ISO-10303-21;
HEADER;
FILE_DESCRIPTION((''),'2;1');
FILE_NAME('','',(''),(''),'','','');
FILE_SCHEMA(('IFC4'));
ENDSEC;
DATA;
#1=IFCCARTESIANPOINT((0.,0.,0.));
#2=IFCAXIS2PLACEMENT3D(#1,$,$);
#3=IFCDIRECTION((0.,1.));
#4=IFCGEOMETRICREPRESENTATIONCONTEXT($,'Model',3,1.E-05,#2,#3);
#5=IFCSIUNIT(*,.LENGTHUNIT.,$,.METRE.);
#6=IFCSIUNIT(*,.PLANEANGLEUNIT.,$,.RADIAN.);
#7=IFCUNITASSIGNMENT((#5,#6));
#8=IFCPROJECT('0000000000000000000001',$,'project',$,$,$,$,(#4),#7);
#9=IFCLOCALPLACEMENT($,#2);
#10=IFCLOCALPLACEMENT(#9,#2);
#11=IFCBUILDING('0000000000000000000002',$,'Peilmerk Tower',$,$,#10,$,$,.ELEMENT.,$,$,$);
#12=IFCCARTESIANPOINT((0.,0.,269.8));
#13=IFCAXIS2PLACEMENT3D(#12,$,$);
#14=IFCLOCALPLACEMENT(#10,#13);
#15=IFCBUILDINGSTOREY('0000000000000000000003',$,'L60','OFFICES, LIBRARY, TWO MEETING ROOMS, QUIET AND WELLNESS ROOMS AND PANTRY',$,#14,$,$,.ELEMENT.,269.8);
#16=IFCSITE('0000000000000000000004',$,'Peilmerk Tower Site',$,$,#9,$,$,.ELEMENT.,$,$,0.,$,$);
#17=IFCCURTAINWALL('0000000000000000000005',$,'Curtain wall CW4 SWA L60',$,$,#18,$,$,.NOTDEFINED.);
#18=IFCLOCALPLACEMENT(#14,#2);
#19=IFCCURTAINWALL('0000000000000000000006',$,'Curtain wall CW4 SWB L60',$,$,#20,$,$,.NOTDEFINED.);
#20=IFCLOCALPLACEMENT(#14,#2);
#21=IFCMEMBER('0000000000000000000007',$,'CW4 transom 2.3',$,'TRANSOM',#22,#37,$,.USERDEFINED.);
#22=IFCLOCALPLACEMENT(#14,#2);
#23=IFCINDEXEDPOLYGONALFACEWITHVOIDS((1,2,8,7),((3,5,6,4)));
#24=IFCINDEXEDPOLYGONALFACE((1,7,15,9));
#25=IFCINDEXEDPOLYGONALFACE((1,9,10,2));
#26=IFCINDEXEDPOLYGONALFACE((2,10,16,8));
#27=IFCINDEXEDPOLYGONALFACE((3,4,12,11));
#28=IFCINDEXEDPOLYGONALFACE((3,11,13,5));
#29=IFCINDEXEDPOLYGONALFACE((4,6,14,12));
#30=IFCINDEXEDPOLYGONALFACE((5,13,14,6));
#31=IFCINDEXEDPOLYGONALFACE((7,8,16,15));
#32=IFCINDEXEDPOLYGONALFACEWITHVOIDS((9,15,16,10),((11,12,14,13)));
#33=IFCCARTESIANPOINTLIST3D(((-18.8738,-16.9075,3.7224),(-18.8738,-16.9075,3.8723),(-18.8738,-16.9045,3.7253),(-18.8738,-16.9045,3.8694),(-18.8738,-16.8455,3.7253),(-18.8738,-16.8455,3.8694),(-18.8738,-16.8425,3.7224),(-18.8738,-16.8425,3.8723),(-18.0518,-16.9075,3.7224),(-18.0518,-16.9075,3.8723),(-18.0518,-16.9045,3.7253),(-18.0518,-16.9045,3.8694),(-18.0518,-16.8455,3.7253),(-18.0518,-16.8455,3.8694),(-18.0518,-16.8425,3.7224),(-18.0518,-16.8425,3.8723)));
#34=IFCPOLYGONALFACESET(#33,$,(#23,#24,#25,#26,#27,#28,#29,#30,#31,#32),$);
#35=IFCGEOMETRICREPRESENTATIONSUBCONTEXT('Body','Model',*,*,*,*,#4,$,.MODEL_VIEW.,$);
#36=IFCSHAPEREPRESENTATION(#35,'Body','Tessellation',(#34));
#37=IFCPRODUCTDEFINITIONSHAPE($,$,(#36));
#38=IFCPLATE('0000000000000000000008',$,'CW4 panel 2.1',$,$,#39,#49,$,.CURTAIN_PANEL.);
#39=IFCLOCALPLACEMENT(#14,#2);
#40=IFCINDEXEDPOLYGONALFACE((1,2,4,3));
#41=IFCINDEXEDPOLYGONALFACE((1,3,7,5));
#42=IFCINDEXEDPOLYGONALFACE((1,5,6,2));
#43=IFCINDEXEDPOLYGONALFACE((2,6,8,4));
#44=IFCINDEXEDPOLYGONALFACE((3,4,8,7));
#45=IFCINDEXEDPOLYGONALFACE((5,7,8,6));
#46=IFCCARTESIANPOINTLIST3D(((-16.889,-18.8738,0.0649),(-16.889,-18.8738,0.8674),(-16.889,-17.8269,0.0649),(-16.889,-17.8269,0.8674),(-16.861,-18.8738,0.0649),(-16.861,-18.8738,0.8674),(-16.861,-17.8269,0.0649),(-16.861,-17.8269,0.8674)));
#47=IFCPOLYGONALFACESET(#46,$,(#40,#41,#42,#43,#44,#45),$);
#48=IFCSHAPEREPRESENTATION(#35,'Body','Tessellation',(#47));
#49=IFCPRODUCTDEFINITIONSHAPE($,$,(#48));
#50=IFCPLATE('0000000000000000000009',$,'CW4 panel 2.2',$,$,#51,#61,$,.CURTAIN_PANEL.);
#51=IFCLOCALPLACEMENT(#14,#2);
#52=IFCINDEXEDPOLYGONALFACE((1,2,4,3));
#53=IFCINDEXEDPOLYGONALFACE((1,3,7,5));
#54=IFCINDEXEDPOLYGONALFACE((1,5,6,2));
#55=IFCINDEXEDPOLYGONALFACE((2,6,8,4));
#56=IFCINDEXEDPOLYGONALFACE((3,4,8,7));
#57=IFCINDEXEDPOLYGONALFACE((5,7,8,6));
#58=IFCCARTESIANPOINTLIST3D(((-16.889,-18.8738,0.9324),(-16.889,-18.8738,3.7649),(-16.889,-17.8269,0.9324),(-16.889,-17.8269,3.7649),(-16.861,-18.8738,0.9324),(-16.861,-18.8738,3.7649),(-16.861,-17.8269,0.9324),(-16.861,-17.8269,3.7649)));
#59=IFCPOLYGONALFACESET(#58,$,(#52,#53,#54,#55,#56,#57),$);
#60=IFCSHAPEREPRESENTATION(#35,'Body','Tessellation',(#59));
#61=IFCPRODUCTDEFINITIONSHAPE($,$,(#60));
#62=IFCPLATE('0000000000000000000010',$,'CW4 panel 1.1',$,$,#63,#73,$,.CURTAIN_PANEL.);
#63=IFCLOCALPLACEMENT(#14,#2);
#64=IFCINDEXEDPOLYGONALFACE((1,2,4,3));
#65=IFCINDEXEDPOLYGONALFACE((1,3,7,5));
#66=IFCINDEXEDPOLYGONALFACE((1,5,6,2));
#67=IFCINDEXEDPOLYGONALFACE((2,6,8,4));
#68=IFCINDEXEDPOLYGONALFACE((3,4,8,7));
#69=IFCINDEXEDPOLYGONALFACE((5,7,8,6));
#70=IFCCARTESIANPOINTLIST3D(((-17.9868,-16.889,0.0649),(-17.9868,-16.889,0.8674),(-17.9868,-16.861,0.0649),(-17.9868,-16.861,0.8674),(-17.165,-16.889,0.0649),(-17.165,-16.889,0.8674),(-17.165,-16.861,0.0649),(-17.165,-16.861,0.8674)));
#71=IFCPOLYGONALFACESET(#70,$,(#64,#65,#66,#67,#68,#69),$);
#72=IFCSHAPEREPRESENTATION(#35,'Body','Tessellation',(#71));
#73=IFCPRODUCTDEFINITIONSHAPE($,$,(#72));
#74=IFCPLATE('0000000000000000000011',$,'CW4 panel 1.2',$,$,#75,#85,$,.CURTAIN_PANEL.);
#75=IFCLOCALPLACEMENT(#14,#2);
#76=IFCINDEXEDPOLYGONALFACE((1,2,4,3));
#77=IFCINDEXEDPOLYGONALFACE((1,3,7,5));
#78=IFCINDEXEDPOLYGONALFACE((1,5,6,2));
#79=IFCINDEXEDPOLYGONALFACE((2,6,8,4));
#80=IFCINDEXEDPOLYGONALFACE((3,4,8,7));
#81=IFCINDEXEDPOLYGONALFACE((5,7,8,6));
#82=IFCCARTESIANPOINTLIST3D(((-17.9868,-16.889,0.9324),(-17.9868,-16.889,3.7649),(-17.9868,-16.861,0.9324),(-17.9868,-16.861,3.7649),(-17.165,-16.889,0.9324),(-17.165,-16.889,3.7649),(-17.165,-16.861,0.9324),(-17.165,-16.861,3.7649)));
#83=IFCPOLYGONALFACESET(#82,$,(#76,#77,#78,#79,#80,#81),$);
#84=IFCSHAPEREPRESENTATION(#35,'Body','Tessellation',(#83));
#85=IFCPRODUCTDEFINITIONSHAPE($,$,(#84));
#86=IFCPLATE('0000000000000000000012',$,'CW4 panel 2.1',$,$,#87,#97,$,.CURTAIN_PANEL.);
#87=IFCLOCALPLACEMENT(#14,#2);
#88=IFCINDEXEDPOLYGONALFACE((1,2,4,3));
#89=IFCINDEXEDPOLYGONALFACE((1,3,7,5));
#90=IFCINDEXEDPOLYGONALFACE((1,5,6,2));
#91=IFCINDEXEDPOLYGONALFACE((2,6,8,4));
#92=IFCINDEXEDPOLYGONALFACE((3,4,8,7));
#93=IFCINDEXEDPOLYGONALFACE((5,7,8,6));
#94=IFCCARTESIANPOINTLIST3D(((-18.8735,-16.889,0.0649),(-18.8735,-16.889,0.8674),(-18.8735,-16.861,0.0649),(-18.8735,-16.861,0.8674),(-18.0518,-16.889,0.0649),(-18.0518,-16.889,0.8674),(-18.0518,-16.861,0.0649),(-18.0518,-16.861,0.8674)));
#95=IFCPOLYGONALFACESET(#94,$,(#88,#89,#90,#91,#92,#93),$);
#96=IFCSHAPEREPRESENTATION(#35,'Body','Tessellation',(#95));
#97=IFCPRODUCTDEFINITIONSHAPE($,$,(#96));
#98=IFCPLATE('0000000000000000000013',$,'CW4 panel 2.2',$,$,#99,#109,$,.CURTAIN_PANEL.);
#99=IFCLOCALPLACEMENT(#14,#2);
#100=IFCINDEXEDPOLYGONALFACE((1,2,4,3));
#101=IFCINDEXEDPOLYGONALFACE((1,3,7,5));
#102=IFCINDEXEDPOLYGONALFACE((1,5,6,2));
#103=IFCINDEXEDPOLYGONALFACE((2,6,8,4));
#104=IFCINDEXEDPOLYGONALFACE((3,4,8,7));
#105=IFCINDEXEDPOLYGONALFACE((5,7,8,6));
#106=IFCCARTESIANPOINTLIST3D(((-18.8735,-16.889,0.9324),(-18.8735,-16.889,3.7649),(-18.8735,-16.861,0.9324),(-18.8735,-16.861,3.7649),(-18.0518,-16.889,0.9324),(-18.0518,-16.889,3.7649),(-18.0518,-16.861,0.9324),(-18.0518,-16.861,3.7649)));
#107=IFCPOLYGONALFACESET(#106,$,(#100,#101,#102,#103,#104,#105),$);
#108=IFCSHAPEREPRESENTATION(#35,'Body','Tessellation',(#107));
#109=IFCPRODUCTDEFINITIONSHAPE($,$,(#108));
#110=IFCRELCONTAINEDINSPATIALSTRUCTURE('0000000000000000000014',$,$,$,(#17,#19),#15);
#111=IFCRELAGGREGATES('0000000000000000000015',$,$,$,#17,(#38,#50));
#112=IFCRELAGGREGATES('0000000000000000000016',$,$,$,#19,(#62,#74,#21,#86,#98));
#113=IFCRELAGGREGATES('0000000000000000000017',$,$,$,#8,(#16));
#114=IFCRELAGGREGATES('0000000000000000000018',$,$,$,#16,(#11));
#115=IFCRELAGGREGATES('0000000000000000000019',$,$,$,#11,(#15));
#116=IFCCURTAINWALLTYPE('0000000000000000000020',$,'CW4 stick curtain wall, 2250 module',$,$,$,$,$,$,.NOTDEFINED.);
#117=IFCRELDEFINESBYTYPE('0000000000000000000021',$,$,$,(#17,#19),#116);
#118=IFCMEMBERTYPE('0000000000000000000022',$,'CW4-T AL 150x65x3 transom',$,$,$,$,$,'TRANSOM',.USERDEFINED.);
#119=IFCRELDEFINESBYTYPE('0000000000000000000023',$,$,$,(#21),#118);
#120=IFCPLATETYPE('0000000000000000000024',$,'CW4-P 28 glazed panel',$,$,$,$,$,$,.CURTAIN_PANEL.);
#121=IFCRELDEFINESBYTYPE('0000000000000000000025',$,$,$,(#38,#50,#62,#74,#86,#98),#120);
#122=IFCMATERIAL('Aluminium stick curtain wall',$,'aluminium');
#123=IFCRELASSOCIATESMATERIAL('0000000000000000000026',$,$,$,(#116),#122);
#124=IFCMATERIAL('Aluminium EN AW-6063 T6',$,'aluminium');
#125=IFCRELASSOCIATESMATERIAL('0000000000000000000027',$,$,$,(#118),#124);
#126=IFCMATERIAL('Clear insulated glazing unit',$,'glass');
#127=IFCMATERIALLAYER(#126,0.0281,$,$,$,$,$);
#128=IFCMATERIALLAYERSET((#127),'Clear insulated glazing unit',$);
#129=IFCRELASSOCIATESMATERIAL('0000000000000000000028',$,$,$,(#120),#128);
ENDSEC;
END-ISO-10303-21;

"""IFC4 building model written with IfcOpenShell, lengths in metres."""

from ifc_helpers import new_model, si_unit, direction, frame, origin, origin_2d, place, context, subcontext, project, spatial, rectangle, hollow_rectangle, extrude, material, layer, layer_set, material_profile, profile_set, type_object, element, aggregate, save


model = new_model("IFC4")

# Units and contexts
model_context = context("Model", 3, precision=1e-05, world=origin(), true_north=direction((0.0, 1.0)))
body_context = subcontext(model_context, "Body", "Model", "MODEL_VIEW")
ifc_project = project(units=[si_unit("LENGTHUNIT", "METRE"), si_unit("PLANEANGLEUNIT", "RADIAN")], contexts=[model_context])

# Site, building, storey
site_placement = place(None, origin())
site = spatial("IfcSite", under=ifc_project, at=site_placement, Name="Peilmerk Tower Site", CompositionType="ELEMENT", RefElevation=0.0)
building_placement = place(site_placement, origin())
building = spatial("IfcBuilding", under=site, at=building_placement, Name="Peilmerk Tower", CompositionType="ELEMENT")
storey_placement = place(building_placement, frame((0.0, 0.0, 269.8)))
storey = spatial("IfcBuildingStorey", under=building, at=storey_placement, Name="L60", Description="OFFICES, LIBRARY, TWO MEETING ROOMS, QUIET AND WELLNESS ROOMS AND PANTRY", CompositionType="ELEMENT", Elevation=269.8)

# Curtain wall
ifc_material_1 = material(Name="Aluminium stick curtain wall", Category="aluminium")
curtain_wall_type = type_object("IfcCurtainWallType", Name="CW4 stick curtain wall, 2250 module", PredefinedType="NOTDEFINED", material=ifc_material_1)
curtain_wall_1_placement = place(storey_placement, origin())
curtain_wall_1 = element("IfcCurtainWall", 1, at=curtain_wall_1_placement, inside=storey, type_object=curtain_wall_type, Name="Curtain wall CW4 SWA L60", PredefinedType="NOTDEFINED")
ifc_material_2 = material(Name="Aluminium EN AW-6063 T6", Category="aluminium")

# Curtain wall
curtain_wall_2_placement = place(storey_placement, origin())
curtain_wall_2 = element("IfcCurtainWall", 2, at=curtain_wall_2_placement, inside=storey, type_object=curtain_wall_type, Name="Curtain wall CW4 SWB L60", PredefinedType="NOTDEFINED")

# Member
ifc_material_profile_1 = material_profile(ifc_material_2, hollow_rectangle(XDim=0.0649, YDim=0.1499, WallThickness=0.0029, at=origin_2d()), Name="AL 150x65x3")
ifc_profile_set_1 = profile_set([ifc_material_profile_1], Name="Aluminium EN AW-6063 T6")
member_type_1 = type_object("IfcMemberType", Name="CW4-T AL 150x65x3 transom", ElementType="TRANSOM", PredefinedType="USERDEFINED", material=ifc_profile_set_1)
member_1_placement = place(storey_placement, frame((-18.0518, -16.875, 3.7974), z_axis=(-1.0, 0.0, 0.0), x_axis=(0.0, -1.0, 0.0)))
member_1 = element("IfcMember", 3, at=member_1_placement, type_object=member_type_1, Name="CW4 transom 2.3", ObjectType="TRANSOM", PredefinedType="USERDEFINED", context=body_context, shape_type="SweptSolid", body=[
    extrude(hollow_rectangle(XDim=0.0649, YDim=0.1499, WallThickness=0.0029, at=origin_2d()), origin(), (0.0, 0.0, 1.0), 0.822),
])

# Plates
ifc_material_3 = material(Name="Clear insulated glazing unit", Category="glass")
ifc_layer_1 = layer(ifc_material_3, 0.0281)
ifc_layer_set_1 = layer_set([ifc_layer_1], Name="Clear insulated glazing unit")
plate_type = type_object("IfcPlateType", Name="CW4-P 28 glazed panel", PredefinedType="CURTAIN_PANEL", material=ifc_layer_set_1)
plate_1_placement = place(storey_placement, frame((-16.875, -18.3503, 0.0649), z_axis=(0.0, 0.0, 1.0), x_axis=(0.0, -1.0, 0.0)))
plate_1 = element("IfcPlate", 4, at=plate_1_placement, type_object=plate_type, Name="CW4 panel 2.1", PredefinedType="CURTAIN_PANEL", context=body_context, shape_type="SweptSolid", body=[
    extrude(rectangle(XDim=1.0469, YDim=0.0281, at=origin_2d()), origin(), (0.0, 0.0, 1.0), 0.8025),
])
plate_2_placement = place(storey_placement, frame((-16.875, -18.3503, 0.9324), z_axis=(0.0, 0.0, 1.0), x_axis=(0.0, -1.0, 0.0)))
plate_2 = element("IfcPlate", 5, at=plate_2_placement, type_object=plate_type, Name="CW4 panel 2.2", PredefinedType="CURTAIN_PANEL", context=body_context, shape_type="SweptSolid", body=[
    extrude(rectangle(XDim=1.0469, YDim=0.0281, at=origin_2d()), origin(), (0.0, 0.0, 1.0), 2.8325),
])
aggregate(curtain_wall_1, [plate_1, plate_2])
plate_3_placement = place(storey_placement, frame((-17.5759, -16.875, 0.0649), z_axis=(0.0, 0.0, 1.0), x_axis=(-1.0, 0.0, 0.0)))
plate_3 = element("IfcPlate", 6, at=plate_3_placement, type_object=plate_type, Name="CW4 panel 1.1", PredefinedType="CURTAIN_PANEL", context=body_context, shape_type="SweptSolid", body=[
    extrude(rectangle(XDim=0.8218, YDim=0.0281, at=origin_2d()), origin(), (0.0, 0.0, 1.0), 0.8025),
])
plate_4_placement = place(storey_placement, frame((-17.5759, -16.875, 0.9324), z_axis=(0.0, 0.0, 1.0), x_axis=(-1.0, 0.0, 0.0)))
plate_4 = element("IfcPlate", 7, at=plate_4_placement, type_object=plate_type, Name="CW4 panel 1.2", PredefinedType="CURTAIN_PANEL", context=body_context, shape_type="SweptSolid", body=[
    extrude(rectangle(XDim=0.8218, YDim=0.0281, at=origin_2d()), origin(), (0.0, 0.0, 1.0), 2.8325),
])
plate_5_placement = place(storey_placement, frame((-18.4626, -16.875, 0.0649), z_axis=(0.0, 0.0, 1.0), x_axis=(-1.0, 0.0, 0.0)))
plate_5 = element("IfcPlate", 8, at=plate_5_placement, type_object=plate_type, Name="CW4 panel 2.1", PredefinedType="CURTAIN_PANEL", context=body_context, shape_type="SweptSolid", body=[
    extrude(rectangle(XDim=0.8218, YDim=0.0281, at=origin_2d()), origin(), (0.0, 0.0, 1.0), 0.8025),
])
plate_6_placement = place(storey_placement, frame((-18.4626, -16.875, 0.9324), z_axis=(0.0, 0.0, 1.0), x_axis=(-1.0, 0.0, 0.0)))
plate_6 = element("IfcPlate", 9, at=plate_6_placement, type_object=plate_type, Name="CW4 panel 2.2", PredefinedType="CURTAIN_PANEL", context=body_context, shape_type="SweptSolid", body=[
    extrude(rectangle(XDim=0.8218, YDim=0.0281, at=origin_2d()), origin(), (0.0, 0.0, 1.0), 2.8325),
])
aggregate(curtain_wall_2, [plate_3, plate_4, member_1, plate_5, plate_6])

save(model, "model.ifc")
